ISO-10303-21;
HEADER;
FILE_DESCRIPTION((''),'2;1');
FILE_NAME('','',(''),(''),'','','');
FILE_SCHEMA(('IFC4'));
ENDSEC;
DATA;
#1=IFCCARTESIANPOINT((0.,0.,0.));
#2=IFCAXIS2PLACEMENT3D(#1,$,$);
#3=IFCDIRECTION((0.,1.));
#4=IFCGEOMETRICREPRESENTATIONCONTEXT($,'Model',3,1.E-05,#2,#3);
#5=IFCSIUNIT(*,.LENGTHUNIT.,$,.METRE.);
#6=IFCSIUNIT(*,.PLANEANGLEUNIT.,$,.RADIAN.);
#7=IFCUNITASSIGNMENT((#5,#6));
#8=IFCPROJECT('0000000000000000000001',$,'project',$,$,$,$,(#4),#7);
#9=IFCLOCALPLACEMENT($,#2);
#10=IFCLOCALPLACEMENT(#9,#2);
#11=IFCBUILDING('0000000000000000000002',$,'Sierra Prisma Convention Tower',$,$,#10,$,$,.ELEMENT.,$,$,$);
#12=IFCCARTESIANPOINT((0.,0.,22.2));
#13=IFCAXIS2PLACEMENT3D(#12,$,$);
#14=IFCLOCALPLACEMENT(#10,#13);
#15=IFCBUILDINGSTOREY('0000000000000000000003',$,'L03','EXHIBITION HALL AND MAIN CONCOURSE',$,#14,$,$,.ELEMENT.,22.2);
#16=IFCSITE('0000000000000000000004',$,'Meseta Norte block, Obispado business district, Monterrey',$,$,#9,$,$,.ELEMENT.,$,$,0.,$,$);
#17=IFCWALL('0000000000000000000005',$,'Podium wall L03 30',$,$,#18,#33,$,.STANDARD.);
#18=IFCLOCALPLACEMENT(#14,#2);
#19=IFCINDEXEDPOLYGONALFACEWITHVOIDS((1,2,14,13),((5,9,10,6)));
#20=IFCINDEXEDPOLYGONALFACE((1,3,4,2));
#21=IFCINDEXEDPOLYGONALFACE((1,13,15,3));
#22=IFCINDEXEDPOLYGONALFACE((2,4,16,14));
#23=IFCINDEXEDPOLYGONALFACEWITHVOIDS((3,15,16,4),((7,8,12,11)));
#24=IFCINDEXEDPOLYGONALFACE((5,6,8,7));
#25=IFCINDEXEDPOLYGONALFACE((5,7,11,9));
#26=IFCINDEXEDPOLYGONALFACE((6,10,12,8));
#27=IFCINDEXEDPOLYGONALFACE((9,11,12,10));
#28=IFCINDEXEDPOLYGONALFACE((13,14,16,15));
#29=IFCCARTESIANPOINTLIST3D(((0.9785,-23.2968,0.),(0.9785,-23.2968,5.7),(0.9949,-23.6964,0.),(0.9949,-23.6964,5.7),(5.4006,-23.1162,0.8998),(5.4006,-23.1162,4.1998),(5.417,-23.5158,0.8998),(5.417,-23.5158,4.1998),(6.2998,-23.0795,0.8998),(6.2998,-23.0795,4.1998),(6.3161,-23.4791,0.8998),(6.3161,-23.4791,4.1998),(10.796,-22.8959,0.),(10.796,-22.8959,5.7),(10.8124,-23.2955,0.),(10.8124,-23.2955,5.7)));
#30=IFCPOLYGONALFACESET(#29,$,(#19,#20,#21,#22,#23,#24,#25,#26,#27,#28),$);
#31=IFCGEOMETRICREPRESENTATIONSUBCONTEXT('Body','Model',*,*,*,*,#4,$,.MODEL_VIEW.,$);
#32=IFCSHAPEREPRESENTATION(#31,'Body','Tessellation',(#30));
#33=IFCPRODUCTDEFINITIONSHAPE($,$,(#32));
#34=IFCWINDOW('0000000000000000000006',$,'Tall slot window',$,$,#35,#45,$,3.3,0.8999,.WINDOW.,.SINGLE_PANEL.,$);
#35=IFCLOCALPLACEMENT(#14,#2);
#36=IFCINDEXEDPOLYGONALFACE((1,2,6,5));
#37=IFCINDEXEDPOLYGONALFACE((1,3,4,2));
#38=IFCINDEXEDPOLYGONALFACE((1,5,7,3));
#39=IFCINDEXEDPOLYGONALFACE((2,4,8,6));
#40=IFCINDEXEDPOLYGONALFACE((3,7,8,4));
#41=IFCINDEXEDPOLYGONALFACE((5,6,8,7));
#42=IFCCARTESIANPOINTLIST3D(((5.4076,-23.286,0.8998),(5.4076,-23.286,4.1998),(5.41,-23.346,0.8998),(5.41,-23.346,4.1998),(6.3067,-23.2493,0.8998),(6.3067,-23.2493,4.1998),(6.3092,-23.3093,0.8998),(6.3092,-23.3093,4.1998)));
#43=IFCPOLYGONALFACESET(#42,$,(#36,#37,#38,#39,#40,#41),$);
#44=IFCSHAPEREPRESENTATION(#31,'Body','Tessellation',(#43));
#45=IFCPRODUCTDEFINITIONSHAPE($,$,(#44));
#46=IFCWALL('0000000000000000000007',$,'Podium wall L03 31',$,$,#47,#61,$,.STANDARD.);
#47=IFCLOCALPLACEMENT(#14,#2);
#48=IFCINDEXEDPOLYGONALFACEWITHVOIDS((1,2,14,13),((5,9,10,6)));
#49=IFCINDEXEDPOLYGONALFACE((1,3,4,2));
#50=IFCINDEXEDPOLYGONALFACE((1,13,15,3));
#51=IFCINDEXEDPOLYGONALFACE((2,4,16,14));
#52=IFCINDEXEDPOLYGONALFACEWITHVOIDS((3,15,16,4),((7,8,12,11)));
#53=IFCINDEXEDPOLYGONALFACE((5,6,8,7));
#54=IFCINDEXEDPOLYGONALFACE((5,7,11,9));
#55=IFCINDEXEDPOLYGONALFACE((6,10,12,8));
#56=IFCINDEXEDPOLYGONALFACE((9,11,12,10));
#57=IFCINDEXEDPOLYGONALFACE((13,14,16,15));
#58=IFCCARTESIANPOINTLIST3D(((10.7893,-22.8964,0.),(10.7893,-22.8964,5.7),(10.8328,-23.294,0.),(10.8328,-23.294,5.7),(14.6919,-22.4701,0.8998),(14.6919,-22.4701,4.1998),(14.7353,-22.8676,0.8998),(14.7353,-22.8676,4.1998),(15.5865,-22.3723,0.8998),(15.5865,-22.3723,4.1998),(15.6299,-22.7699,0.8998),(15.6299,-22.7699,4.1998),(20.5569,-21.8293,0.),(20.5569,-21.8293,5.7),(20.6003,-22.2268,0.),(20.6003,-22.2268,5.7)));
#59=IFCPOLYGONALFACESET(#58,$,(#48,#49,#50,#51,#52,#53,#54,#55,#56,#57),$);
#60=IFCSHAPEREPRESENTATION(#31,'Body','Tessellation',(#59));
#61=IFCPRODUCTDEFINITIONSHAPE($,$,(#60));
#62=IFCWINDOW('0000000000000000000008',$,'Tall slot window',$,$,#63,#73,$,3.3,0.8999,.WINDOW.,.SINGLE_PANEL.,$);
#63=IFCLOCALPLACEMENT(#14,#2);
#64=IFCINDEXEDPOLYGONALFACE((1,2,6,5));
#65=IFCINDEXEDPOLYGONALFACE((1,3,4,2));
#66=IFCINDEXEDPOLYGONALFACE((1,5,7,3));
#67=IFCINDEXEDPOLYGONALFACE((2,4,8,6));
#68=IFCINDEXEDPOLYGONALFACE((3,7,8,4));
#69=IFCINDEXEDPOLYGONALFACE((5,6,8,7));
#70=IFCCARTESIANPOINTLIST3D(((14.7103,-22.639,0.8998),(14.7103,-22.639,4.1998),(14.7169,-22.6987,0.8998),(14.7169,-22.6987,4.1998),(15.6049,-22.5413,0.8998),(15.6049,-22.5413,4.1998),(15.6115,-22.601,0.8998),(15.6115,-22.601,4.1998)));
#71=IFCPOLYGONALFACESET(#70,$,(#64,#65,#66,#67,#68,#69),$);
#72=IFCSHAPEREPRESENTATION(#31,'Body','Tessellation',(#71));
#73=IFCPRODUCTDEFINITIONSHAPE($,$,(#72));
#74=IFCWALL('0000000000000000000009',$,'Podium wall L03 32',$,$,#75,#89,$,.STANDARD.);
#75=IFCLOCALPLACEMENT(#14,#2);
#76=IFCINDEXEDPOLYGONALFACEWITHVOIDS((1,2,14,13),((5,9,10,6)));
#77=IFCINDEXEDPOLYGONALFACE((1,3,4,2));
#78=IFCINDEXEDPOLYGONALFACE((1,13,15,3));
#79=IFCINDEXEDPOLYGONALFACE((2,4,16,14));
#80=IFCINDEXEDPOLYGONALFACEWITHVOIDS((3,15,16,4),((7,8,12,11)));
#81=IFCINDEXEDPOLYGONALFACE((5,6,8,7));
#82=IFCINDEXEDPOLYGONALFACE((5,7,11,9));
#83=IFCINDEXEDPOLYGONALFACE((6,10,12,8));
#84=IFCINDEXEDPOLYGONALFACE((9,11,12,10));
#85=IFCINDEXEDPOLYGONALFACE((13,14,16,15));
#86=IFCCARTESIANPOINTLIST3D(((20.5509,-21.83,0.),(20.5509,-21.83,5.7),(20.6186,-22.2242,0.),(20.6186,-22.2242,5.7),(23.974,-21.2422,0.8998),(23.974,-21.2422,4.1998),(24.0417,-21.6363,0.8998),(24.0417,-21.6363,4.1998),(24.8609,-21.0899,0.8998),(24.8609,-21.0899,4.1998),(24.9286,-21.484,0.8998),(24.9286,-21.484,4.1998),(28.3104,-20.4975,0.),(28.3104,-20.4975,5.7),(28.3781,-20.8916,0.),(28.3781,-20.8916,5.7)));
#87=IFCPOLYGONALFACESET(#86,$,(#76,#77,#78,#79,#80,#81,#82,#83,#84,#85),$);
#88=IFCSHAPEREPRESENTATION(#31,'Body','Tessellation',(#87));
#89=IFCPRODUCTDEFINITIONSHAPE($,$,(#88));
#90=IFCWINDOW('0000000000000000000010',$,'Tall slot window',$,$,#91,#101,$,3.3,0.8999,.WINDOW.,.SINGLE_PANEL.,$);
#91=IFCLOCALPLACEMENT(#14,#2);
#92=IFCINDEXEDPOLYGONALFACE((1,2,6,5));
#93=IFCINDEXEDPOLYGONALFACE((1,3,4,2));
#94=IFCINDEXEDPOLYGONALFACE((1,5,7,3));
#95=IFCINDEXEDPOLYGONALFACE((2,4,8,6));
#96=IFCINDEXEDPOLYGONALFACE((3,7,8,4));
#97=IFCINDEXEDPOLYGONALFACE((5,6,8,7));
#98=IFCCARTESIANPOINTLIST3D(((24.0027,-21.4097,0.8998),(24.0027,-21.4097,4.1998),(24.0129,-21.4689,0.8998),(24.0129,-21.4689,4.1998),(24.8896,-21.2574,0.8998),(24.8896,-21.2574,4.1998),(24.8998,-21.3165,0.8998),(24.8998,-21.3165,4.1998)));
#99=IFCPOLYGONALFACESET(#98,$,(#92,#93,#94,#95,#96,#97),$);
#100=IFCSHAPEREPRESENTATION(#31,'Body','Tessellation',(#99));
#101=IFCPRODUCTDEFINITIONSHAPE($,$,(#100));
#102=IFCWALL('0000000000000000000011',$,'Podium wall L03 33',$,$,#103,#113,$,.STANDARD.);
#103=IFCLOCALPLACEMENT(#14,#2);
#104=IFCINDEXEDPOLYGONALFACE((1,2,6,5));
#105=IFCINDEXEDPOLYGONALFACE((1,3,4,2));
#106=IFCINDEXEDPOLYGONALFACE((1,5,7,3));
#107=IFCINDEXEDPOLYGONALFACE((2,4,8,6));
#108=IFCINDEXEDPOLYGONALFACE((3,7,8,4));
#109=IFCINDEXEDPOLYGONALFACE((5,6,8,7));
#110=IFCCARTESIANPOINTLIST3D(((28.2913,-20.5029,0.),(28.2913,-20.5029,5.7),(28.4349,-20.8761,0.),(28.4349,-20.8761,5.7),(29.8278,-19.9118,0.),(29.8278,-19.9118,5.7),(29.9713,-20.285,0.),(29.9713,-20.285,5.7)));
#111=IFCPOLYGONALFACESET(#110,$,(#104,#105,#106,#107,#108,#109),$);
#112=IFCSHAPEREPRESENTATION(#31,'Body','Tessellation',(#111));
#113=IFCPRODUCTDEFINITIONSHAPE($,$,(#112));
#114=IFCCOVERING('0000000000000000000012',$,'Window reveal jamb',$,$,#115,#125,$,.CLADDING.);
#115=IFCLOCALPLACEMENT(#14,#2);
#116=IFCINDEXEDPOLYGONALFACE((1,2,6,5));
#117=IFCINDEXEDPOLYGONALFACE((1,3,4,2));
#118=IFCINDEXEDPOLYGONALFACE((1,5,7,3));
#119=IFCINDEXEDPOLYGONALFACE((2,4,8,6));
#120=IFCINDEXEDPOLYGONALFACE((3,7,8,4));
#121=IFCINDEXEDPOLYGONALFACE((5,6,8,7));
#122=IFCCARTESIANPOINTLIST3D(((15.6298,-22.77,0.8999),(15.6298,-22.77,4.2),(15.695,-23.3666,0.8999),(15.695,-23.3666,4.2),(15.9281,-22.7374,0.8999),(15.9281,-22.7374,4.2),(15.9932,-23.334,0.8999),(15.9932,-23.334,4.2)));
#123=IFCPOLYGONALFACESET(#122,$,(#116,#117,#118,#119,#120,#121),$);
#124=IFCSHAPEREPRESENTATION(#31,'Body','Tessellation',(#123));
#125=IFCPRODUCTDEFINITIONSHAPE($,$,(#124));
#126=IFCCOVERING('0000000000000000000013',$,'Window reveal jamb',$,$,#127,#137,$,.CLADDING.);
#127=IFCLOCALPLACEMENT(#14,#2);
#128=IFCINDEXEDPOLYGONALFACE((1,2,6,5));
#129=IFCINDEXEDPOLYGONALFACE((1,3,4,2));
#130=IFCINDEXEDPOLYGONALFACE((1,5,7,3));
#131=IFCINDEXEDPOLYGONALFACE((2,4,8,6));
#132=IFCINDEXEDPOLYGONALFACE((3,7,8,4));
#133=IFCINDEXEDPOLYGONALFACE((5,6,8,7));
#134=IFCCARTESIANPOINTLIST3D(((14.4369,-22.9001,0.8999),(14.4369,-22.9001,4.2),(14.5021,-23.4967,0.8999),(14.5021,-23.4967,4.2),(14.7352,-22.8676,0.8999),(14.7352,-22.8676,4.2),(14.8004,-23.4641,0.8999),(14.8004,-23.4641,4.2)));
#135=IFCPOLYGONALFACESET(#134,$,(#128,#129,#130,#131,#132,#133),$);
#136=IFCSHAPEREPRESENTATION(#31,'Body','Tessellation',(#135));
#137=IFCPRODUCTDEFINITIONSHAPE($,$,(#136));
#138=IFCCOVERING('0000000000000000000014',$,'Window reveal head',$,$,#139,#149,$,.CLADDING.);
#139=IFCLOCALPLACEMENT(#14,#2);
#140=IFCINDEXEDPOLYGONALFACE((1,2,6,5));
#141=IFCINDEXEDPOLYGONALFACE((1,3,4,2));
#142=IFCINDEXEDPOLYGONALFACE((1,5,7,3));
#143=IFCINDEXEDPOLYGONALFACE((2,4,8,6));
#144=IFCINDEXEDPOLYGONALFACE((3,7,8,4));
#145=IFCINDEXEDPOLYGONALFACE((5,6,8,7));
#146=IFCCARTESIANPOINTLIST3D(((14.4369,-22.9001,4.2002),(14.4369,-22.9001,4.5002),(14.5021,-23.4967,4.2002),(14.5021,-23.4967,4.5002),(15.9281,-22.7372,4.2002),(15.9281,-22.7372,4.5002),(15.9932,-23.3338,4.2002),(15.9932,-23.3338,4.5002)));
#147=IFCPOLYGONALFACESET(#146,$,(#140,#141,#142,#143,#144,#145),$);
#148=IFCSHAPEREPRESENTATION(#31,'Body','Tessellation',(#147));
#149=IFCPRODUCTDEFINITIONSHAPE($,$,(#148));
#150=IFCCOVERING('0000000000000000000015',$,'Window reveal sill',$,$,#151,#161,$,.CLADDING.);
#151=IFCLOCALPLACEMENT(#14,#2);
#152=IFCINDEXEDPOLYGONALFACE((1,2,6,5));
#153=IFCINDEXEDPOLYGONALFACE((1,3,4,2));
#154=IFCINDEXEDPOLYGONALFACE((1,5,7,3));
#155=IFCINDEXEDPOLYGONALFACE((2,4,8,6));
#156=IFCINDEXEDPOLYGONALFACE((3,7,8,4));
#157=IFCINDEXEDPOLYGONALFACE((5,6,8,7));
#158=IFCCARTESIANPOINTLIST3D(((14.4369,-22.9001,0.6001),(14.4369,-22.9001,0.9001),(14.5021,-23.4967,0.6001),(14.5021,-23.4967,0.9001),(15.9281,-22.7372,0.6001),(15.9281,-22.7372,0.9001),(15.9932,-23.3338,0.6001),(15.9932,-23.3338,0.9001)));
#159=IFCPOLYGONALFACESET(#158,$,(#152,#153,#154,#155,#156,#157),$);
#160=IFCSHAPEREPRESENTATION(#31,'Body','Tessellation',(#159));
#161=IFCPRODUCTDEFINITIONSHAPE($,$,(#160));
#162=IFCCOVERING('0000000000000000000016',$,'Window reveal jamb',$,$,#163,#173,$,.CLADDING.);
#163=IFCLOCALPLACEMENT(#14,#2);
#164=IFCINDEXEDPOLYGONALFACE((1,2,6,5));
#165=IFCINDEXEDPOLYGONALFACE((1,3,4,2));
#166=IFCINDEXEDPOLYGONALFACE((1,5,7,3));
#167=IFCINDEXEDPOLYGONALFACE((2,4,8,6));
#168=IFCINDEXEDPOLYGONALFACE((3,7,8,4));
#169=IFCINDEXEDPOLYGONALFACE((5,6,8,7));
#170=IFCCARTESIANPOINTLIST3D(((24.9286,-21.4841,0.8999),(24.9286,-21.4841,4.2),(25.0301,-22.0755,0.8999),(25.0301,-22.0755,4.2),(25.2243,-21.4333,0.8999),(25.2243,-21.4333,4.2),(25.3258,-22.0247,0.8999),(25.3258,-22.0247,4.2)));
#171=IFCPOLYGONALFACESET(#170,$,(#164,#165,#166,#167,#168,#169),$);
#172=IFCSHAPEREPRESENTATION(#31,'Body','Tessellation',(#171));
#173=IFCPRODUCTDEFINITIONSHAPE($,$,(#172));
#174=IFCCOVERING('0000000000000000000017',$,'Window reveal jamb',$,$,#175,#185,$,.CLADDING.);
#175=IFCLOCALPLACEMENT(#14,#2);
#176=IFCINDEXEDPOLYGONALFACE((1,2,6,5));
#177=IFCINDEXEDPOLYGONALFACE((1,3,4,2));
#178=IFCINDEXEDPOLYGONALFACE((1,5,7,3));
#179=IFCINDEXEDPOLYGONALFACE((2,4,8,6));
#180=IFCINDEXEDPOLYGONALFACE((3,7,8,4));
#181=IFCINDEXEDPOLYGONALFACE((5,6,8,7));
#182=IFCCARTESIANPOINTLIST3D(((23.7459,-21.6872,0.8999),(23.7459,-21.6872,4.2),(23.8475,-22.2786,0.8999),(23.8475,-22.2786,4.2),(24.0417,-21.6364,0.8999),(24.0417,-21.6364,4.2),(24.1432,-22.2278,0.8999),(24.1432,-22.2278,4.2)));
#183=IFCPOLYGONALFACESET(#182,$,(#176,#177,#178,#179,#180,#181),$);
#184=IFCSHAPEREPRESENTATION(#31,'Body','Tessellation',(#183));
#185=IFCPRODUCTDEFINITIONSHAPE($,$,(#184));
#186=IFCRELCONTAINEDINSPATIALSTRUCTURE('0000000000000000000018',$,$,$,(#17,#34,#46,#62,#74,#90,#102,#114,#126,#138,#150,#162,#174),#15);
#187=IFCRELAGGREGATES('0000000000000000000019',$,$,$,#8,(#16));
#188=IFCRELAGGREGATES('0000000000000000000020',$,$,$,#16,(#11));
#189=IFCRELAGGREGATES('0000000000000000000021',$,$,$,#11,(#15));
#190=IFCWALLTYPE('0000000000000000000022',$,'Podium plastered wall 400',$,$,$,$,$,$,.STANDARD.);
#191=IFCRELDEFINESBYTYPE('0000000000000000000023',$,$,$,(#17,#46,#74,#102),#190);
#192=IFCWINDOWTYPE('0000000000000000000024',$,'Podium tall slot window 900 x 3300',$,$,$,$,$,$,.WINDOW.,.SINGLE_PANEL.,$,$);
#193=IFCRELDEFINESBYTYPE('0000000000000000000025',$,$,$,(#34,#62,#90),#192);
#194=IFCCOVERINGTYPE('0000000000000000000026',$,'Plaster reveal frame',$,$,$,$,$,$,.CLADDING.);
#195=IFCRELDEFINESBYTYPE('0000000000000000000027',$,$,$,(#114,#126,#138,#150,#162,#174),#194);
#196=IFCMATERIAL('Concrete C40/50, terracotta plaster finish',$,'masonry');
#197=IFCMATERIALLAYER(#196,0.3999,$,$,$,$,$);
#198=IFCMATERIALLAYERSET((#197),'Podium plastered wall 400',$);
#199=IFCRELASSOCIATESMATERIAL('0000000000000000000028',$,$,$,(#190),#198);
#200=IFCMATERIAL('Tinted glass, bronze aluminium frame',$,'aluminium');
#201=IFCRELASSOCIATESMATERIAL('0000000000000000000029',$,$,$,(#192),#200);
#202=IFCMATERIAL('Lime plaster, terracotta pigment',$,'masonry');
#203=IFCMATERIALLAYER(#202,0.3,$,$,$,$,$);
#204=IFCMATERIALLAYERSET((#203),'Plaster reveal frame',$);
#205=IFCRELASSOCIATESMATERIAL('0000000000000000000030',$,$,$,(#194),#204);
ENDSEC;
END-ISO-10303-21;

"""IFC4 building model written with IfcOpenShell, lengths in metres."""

from ifc_helpers import new_model, si_unit, direction, frame, frame_2d, origin, origin_2d, place, context, subcontext, project, spatial, rectangle, extrude, material, layer, layer_set, type_object, element, fill, save


model = new_model("IFC4")

# Units and contexts
model_context = context("Model", 3, precision=1e-05, world=origin(), true_north=direction((0.0, 1.0)))
body_context = subcontext(model_context, "Body", "Model", "MODEL_VIEW")
ifc_project = project(units=[si_unit("LENGTHUNIT", "METRE"), si_unit("PLANEANGLEUNIT", "RADIAN")], contexts=[model_context])

# Site, building, storey
site_placement = place(None, origin())
site = spatial("IfcSite", under=ifc_project, at=site_placement, Name="Meseta Norte block, Obispado business district, Monterrey", CompositionType="ELEMENT", RefElevation=0.0)
building_placement = place(site_placement, origin())
building = spatial("IfcBuilding", under=site, at=building_placement, Name="Sierra Prisma Convention Tower", CompositionType="ELEMENT")
storey_placement = place(building_placement, frame((0.0, 0.0, 22.2)))
storey = spatial("IfcBuildingStorey", under=building, at=storey_placement, Name="L03", Description="EXHIBITION HALL AND MAIN CONCOURSE", CompositionType="ELEMENT", Elevation=22.2)

# Shared definitions
ifc_material_1 = material(Name="Concrete C40/50, terracotta plaster finish", Category="masonry")
ifc_layer_1 = layer(ifc_material_1, 0.3999)
ifc_layer_set_1 = layer_set([ifc_layer_1], Name="Podium plastered wall 400")
wall_type = type_object("IfcWallType", Name="Podium plastered wall 400", PredefinedType="STANDARD", material=ifc_layer_set_1)

# Walls, openings, windows
wall_1_placement = place(storey_placement, frame((10.8042, -23.0957, 0.0), z_axis=(0.0, 0.0, 1.0), x_axis=(-0.999167, -0.0408, 0.0)))
wall_1 = element("IfcWall", 1, at=wall_1_placement, inside=storey, type_object=wall_type, Name="Podium wall L03 30", PredefinedType="STANDARD", context=body_context, shape_type="SweptSolid", body=[
    extrude(rectangle(XDim=9.8257, YDim=0.3999, at=frame_2d((4.9128, 0.0))), origin(), (0.0, 0.0, 1.0), 5.7),
])
opening_1_placement = place(wall_1_placement, frame((4.5, 0.0, 0.8999)))
opening_1 = element("IfcOpeningElement", 2, at=opening_1_placement, cuts=wall_1, PredefinedType="OPENING", context=body_context, shape_type="SweptSolid", body=[
    extrude(rectangle(XDim=0.8999, YDim=3.3, at=frame_2d((0.45, 1.6499))), frame((0.0, 0.2, 0.0), z_axis=(0.0, -1.0, 0.0), x_axis=(1.0, 0.0, 0.0)), (0.0, 0.0, 1.0), 0.3999),
])
ifc_material_2 = material(Name="Tinted glass, bronze aluminium frame", Category="aluminium")
window_type = type_object("IfcWindowType", Name="Podium tall slot window 900 x 3300", PartitioningType="SINGLE_PANEL", PredefinedType="WINDOW", material=ifc_material_2)
window_1_placement = place(opening_1_placement, origin())
window_1 = element("IfcWindow", 3, at=window_1_placement, inside=storey, type_object=window_type, Name="Tall slot window", OverallHeight=3.3, OverallWidth=0.8999, PartitioningType="SINGLE_PANEL", PredefinedType="WINDOW", context=body_context, shape_type="SweptSolid", body=[
    extrude(rectangle(XDim=0.8999, YDim=3.3, at=frame_2d((0.45, 1.6499))), frame((0.0, 0.03, 0.0), z_axis=(0.0, -1.0, 0.0), x_axis=(1.0, 0.0, 0.0)), (0.0, 0.0, 1.0), 0.0601),
])
fill(opening_1, window_1)
wall_2_placement = place(storey_placement, frame((20.5786, -22.0281, 0.0), z_axis=(0.0, 0.0, 1.0), x_axis=(-0.994085, -0.108607, 0.0)))
wall_2 = element("IfcWall", 4, at=wall_2_placement, inside=storey, type_object=wall_type, Name="Podium wall L03 31", PredefinedType="STANDARD", context=body_context, shape_type="SweptSolid", body=[
    extrude(rectangle(XDim=9.8257, YDim=0.3999, at=frame_2d((4.9128, 0.0))), origin(), (0.0, 0.0, 1.0), 5.7),
])
opening_2_placement = place(wall_2_placement, frame((5.0, 0.0, 0.8999)))
opening_2 = element("IfcOpeningElement", 5, at=opening_2_placement, cuts=wall_2, PredefinedType="OPENING", context=body_context, shape_type="SweptSolid", body=[
    extrude(rectangle(XDim=0.8999, YDim=3.3, at=frame_2d((0.45, 1.6499))), frame((0.0, 0.2, 0.0), z_axis=(0.0, -1.0, 0.0), x_axis=(1.0, 0.0, 0.0)), (0.0, 0.0, 1.0), 0.3999),
])
window_2_placement = place(opening_2_placement, origin())
window_2 = element("IfcWindow", 6, at=window_2_placement, inside=storey, type_object=window_type, Name="Tall slot window", OverallHeight=3.3, OverallWidth=0.8999, PartitioningType="SINGLE_PANEL", PredefinedType="WINDOW", context=body_context, shape_type="SweptSolid", body=[
    extrude(rectangle(XDim=0.8999, YDim=3.3, at=frame_2d((0.45, 1.6499))), frame((0.0, 0.03, 0.0), z_axis=(0.0, -1.0, 0.0), x_axis=(1.0, 0.0, 0.0)), (0.0, 0.0, 1.0), 0.0601),
])
fill(opening_2, window_2)
wall_3_placement = place(storey_placement, frame((28.3442, -20.6946, 0.0), z_axis=(0.0, 0.0, 1.0), x_axis=(-0.985573, -0.16925, 0.0)))
wall_3 = element("IfcWall", 7, at=wall_3_placement, inside=storey, type_object=wall_type, Name="Podium wall L03 32", PredefinedType="STANDARD", context=body_context, shape_type="SweptSolid", body=[
    extrude(rectangle(XDim=7.873, YDim=0.3999, at=frame_2d((3.9365, 0.0))), origin(), (0.0, 0.0, 1.0), 5.7),
])
opening_3_placement = place(wall_3_placement, frame((3.5, 0.0, 0.8999)))
opening_3 = element("IfcOpeningElement", 8, at=opening_3_placement, cuts=wall_3, PredefinedType="OPENING", context=body_context, shape_type="SweptSolid", body=[
    extrude(rectangle(XDim=0.8999, YDim=3.3, at=frame_2d((0.45, 1.6499))), frame((0.0, 0.2, 0.0), z_axis=(0.0, -1.0, 0.0), x_axis=(1.0, 0.0, 0.0)), (0.0, 0.0, 1.0), 0.3999),
])
window_3_placement = place(opening_3_placement, origin())
window_3 = element("IfcWindow", 9, at=window_3_placement, inside=storey, type_object=window_type, Name="Tall slot window", OverallHeight=3.3, OverallWidth=0.8999, PartitioningType="SINGLE_PANEL", PredefinedType="WINDOW", context=body_context, shape_type="SweptSolid", body=[
    extrude(rectangle(XDim=0.8999, YDim=3.3, at=frame_2d((0.45, 1.6499))), frame((0.0, 0.03, 0.0), z_axis=(0.0, -1.0, 0.0), x_axis=(1.0, 0.0, 0.0)), (0.0, 0.0, 1.0), 0.0601),
])
fill(opening_3, window_3)

# Wall
wall_4_placement = place(storey_placement, frame((29.8997, -20.0984, 0.0), z_axis=(0.0, 0.0, 1.0), x_axis=(-0.933315, -0.359059, 0.0)))
element("IfcWall", 10, at=wall_4_placement, inside=storey, type_object=wall_type, Name="Podium wall L03 33", PredefinedType="STANDARD", context=body_context, shape_type="SweptSolid", body=[
    extrude(rectangle(XDim=1.6462, YDim=0.3999, at=frame_2d((0.8232, 0.0))), origin(), (0.0, 0.0, 1.0), 5.7),
])

# Coverings
ifc_material_3 = material(Name="Lime plaster, terracotta pigment", Category="masonry")
ifc_layer_2 = layer(ifc_material_3, 0.3)
ifc_layer_set_2 = layer_set([ifc_layer_2], Name="Plaster reveal frame")
covering_type = type_object("IfcCoveringType", Name="Plaster reveal frame", PredefinedType="CLADDING", material=ifc_layer_set_2)
for number, where, z_axis, x_axis, name in (
    (11, (15.8115, -23.052, 0.8999), (0.0, 0.0, 1.0), (-0.994085, -0.108607, 0.0), "Window reveal jamb"),
    (12, (14.6187, -23.1821, 0.8999), (0.0, 0.0, 1.0), (-0.994085, -0.108607, 0.0), "Window reveal jamb"),
):
    element("IfcCovering", number, at=place(storey_placement, frame(where, z_axis=z_axis, x_axis=x_axis)), inside=storey, type_object=covering_type, Name=name, PredefinedType="CLADDING", context=body_context, shape_type="SweptSolid", body=[
        extrude(rectangle(XDim=0.3, YDim=0.6001, at=origin_2d()), origin(), (0.0, 0.0, 1.0), 3.3),
    ])
for number, where, z_axis, x_axis, name in (
    (13, (15.2151, -23.1169, 4.2002), (0.0, 0.0, 1.0), (-0.994085, -0.108607, 0.0), "Window reveal head"),
    (14, (15.2151, -23.1169, 0.6001), (0.0, 0.0, 1.0), (-0.994085, -0.108607, 0.0), "Window reveal sill"),
):
    element("IfcCovering", number, at=place(storey_placement, frame(where, z_axis=z_axis, x_axis=x_axis)), inside=storey, type_object=covering_type, Name=name, PredefinedType="CLADDING", context=body_context, shape_type="SweptSolid", body=[
        extrude(rectangle(XDim=1.5, YDim=0.6001, at=origin_2d()), origin(), (0.0, 0.0, 1.0), 0.3),
    ])
for number, where, z_axis, x_axis, name in (
    (15, (25.1272, -21.7544, 0.8999), (0.0, 0.0, 1.0), (-0.985574, -0.169246, 0.0), "Window reveal jamb"),
    (16, (23.9446, -21.9575, 0.8999), (0.0, 0.0, 1.0), (-0.985574, -0.169246, 0.0), "Window reveal jamb"),
):
    element("IfcCovering", number, at=place(storey_placement, frame(where, z_axis=z_axis, x_axis=x_axis)), inside=storey, type_object=covering_type, Name=name, PredefinedType="CLADDING", context=body_context, shape_type="SweptSolid", body=[
        extrude(rectangle(XDim=0.3, YDim=0.6001, at=origin_2d()), origin(), (0.0, 0.0, 1.0), 3.3),
    ])

save(model, "model.ifc")
